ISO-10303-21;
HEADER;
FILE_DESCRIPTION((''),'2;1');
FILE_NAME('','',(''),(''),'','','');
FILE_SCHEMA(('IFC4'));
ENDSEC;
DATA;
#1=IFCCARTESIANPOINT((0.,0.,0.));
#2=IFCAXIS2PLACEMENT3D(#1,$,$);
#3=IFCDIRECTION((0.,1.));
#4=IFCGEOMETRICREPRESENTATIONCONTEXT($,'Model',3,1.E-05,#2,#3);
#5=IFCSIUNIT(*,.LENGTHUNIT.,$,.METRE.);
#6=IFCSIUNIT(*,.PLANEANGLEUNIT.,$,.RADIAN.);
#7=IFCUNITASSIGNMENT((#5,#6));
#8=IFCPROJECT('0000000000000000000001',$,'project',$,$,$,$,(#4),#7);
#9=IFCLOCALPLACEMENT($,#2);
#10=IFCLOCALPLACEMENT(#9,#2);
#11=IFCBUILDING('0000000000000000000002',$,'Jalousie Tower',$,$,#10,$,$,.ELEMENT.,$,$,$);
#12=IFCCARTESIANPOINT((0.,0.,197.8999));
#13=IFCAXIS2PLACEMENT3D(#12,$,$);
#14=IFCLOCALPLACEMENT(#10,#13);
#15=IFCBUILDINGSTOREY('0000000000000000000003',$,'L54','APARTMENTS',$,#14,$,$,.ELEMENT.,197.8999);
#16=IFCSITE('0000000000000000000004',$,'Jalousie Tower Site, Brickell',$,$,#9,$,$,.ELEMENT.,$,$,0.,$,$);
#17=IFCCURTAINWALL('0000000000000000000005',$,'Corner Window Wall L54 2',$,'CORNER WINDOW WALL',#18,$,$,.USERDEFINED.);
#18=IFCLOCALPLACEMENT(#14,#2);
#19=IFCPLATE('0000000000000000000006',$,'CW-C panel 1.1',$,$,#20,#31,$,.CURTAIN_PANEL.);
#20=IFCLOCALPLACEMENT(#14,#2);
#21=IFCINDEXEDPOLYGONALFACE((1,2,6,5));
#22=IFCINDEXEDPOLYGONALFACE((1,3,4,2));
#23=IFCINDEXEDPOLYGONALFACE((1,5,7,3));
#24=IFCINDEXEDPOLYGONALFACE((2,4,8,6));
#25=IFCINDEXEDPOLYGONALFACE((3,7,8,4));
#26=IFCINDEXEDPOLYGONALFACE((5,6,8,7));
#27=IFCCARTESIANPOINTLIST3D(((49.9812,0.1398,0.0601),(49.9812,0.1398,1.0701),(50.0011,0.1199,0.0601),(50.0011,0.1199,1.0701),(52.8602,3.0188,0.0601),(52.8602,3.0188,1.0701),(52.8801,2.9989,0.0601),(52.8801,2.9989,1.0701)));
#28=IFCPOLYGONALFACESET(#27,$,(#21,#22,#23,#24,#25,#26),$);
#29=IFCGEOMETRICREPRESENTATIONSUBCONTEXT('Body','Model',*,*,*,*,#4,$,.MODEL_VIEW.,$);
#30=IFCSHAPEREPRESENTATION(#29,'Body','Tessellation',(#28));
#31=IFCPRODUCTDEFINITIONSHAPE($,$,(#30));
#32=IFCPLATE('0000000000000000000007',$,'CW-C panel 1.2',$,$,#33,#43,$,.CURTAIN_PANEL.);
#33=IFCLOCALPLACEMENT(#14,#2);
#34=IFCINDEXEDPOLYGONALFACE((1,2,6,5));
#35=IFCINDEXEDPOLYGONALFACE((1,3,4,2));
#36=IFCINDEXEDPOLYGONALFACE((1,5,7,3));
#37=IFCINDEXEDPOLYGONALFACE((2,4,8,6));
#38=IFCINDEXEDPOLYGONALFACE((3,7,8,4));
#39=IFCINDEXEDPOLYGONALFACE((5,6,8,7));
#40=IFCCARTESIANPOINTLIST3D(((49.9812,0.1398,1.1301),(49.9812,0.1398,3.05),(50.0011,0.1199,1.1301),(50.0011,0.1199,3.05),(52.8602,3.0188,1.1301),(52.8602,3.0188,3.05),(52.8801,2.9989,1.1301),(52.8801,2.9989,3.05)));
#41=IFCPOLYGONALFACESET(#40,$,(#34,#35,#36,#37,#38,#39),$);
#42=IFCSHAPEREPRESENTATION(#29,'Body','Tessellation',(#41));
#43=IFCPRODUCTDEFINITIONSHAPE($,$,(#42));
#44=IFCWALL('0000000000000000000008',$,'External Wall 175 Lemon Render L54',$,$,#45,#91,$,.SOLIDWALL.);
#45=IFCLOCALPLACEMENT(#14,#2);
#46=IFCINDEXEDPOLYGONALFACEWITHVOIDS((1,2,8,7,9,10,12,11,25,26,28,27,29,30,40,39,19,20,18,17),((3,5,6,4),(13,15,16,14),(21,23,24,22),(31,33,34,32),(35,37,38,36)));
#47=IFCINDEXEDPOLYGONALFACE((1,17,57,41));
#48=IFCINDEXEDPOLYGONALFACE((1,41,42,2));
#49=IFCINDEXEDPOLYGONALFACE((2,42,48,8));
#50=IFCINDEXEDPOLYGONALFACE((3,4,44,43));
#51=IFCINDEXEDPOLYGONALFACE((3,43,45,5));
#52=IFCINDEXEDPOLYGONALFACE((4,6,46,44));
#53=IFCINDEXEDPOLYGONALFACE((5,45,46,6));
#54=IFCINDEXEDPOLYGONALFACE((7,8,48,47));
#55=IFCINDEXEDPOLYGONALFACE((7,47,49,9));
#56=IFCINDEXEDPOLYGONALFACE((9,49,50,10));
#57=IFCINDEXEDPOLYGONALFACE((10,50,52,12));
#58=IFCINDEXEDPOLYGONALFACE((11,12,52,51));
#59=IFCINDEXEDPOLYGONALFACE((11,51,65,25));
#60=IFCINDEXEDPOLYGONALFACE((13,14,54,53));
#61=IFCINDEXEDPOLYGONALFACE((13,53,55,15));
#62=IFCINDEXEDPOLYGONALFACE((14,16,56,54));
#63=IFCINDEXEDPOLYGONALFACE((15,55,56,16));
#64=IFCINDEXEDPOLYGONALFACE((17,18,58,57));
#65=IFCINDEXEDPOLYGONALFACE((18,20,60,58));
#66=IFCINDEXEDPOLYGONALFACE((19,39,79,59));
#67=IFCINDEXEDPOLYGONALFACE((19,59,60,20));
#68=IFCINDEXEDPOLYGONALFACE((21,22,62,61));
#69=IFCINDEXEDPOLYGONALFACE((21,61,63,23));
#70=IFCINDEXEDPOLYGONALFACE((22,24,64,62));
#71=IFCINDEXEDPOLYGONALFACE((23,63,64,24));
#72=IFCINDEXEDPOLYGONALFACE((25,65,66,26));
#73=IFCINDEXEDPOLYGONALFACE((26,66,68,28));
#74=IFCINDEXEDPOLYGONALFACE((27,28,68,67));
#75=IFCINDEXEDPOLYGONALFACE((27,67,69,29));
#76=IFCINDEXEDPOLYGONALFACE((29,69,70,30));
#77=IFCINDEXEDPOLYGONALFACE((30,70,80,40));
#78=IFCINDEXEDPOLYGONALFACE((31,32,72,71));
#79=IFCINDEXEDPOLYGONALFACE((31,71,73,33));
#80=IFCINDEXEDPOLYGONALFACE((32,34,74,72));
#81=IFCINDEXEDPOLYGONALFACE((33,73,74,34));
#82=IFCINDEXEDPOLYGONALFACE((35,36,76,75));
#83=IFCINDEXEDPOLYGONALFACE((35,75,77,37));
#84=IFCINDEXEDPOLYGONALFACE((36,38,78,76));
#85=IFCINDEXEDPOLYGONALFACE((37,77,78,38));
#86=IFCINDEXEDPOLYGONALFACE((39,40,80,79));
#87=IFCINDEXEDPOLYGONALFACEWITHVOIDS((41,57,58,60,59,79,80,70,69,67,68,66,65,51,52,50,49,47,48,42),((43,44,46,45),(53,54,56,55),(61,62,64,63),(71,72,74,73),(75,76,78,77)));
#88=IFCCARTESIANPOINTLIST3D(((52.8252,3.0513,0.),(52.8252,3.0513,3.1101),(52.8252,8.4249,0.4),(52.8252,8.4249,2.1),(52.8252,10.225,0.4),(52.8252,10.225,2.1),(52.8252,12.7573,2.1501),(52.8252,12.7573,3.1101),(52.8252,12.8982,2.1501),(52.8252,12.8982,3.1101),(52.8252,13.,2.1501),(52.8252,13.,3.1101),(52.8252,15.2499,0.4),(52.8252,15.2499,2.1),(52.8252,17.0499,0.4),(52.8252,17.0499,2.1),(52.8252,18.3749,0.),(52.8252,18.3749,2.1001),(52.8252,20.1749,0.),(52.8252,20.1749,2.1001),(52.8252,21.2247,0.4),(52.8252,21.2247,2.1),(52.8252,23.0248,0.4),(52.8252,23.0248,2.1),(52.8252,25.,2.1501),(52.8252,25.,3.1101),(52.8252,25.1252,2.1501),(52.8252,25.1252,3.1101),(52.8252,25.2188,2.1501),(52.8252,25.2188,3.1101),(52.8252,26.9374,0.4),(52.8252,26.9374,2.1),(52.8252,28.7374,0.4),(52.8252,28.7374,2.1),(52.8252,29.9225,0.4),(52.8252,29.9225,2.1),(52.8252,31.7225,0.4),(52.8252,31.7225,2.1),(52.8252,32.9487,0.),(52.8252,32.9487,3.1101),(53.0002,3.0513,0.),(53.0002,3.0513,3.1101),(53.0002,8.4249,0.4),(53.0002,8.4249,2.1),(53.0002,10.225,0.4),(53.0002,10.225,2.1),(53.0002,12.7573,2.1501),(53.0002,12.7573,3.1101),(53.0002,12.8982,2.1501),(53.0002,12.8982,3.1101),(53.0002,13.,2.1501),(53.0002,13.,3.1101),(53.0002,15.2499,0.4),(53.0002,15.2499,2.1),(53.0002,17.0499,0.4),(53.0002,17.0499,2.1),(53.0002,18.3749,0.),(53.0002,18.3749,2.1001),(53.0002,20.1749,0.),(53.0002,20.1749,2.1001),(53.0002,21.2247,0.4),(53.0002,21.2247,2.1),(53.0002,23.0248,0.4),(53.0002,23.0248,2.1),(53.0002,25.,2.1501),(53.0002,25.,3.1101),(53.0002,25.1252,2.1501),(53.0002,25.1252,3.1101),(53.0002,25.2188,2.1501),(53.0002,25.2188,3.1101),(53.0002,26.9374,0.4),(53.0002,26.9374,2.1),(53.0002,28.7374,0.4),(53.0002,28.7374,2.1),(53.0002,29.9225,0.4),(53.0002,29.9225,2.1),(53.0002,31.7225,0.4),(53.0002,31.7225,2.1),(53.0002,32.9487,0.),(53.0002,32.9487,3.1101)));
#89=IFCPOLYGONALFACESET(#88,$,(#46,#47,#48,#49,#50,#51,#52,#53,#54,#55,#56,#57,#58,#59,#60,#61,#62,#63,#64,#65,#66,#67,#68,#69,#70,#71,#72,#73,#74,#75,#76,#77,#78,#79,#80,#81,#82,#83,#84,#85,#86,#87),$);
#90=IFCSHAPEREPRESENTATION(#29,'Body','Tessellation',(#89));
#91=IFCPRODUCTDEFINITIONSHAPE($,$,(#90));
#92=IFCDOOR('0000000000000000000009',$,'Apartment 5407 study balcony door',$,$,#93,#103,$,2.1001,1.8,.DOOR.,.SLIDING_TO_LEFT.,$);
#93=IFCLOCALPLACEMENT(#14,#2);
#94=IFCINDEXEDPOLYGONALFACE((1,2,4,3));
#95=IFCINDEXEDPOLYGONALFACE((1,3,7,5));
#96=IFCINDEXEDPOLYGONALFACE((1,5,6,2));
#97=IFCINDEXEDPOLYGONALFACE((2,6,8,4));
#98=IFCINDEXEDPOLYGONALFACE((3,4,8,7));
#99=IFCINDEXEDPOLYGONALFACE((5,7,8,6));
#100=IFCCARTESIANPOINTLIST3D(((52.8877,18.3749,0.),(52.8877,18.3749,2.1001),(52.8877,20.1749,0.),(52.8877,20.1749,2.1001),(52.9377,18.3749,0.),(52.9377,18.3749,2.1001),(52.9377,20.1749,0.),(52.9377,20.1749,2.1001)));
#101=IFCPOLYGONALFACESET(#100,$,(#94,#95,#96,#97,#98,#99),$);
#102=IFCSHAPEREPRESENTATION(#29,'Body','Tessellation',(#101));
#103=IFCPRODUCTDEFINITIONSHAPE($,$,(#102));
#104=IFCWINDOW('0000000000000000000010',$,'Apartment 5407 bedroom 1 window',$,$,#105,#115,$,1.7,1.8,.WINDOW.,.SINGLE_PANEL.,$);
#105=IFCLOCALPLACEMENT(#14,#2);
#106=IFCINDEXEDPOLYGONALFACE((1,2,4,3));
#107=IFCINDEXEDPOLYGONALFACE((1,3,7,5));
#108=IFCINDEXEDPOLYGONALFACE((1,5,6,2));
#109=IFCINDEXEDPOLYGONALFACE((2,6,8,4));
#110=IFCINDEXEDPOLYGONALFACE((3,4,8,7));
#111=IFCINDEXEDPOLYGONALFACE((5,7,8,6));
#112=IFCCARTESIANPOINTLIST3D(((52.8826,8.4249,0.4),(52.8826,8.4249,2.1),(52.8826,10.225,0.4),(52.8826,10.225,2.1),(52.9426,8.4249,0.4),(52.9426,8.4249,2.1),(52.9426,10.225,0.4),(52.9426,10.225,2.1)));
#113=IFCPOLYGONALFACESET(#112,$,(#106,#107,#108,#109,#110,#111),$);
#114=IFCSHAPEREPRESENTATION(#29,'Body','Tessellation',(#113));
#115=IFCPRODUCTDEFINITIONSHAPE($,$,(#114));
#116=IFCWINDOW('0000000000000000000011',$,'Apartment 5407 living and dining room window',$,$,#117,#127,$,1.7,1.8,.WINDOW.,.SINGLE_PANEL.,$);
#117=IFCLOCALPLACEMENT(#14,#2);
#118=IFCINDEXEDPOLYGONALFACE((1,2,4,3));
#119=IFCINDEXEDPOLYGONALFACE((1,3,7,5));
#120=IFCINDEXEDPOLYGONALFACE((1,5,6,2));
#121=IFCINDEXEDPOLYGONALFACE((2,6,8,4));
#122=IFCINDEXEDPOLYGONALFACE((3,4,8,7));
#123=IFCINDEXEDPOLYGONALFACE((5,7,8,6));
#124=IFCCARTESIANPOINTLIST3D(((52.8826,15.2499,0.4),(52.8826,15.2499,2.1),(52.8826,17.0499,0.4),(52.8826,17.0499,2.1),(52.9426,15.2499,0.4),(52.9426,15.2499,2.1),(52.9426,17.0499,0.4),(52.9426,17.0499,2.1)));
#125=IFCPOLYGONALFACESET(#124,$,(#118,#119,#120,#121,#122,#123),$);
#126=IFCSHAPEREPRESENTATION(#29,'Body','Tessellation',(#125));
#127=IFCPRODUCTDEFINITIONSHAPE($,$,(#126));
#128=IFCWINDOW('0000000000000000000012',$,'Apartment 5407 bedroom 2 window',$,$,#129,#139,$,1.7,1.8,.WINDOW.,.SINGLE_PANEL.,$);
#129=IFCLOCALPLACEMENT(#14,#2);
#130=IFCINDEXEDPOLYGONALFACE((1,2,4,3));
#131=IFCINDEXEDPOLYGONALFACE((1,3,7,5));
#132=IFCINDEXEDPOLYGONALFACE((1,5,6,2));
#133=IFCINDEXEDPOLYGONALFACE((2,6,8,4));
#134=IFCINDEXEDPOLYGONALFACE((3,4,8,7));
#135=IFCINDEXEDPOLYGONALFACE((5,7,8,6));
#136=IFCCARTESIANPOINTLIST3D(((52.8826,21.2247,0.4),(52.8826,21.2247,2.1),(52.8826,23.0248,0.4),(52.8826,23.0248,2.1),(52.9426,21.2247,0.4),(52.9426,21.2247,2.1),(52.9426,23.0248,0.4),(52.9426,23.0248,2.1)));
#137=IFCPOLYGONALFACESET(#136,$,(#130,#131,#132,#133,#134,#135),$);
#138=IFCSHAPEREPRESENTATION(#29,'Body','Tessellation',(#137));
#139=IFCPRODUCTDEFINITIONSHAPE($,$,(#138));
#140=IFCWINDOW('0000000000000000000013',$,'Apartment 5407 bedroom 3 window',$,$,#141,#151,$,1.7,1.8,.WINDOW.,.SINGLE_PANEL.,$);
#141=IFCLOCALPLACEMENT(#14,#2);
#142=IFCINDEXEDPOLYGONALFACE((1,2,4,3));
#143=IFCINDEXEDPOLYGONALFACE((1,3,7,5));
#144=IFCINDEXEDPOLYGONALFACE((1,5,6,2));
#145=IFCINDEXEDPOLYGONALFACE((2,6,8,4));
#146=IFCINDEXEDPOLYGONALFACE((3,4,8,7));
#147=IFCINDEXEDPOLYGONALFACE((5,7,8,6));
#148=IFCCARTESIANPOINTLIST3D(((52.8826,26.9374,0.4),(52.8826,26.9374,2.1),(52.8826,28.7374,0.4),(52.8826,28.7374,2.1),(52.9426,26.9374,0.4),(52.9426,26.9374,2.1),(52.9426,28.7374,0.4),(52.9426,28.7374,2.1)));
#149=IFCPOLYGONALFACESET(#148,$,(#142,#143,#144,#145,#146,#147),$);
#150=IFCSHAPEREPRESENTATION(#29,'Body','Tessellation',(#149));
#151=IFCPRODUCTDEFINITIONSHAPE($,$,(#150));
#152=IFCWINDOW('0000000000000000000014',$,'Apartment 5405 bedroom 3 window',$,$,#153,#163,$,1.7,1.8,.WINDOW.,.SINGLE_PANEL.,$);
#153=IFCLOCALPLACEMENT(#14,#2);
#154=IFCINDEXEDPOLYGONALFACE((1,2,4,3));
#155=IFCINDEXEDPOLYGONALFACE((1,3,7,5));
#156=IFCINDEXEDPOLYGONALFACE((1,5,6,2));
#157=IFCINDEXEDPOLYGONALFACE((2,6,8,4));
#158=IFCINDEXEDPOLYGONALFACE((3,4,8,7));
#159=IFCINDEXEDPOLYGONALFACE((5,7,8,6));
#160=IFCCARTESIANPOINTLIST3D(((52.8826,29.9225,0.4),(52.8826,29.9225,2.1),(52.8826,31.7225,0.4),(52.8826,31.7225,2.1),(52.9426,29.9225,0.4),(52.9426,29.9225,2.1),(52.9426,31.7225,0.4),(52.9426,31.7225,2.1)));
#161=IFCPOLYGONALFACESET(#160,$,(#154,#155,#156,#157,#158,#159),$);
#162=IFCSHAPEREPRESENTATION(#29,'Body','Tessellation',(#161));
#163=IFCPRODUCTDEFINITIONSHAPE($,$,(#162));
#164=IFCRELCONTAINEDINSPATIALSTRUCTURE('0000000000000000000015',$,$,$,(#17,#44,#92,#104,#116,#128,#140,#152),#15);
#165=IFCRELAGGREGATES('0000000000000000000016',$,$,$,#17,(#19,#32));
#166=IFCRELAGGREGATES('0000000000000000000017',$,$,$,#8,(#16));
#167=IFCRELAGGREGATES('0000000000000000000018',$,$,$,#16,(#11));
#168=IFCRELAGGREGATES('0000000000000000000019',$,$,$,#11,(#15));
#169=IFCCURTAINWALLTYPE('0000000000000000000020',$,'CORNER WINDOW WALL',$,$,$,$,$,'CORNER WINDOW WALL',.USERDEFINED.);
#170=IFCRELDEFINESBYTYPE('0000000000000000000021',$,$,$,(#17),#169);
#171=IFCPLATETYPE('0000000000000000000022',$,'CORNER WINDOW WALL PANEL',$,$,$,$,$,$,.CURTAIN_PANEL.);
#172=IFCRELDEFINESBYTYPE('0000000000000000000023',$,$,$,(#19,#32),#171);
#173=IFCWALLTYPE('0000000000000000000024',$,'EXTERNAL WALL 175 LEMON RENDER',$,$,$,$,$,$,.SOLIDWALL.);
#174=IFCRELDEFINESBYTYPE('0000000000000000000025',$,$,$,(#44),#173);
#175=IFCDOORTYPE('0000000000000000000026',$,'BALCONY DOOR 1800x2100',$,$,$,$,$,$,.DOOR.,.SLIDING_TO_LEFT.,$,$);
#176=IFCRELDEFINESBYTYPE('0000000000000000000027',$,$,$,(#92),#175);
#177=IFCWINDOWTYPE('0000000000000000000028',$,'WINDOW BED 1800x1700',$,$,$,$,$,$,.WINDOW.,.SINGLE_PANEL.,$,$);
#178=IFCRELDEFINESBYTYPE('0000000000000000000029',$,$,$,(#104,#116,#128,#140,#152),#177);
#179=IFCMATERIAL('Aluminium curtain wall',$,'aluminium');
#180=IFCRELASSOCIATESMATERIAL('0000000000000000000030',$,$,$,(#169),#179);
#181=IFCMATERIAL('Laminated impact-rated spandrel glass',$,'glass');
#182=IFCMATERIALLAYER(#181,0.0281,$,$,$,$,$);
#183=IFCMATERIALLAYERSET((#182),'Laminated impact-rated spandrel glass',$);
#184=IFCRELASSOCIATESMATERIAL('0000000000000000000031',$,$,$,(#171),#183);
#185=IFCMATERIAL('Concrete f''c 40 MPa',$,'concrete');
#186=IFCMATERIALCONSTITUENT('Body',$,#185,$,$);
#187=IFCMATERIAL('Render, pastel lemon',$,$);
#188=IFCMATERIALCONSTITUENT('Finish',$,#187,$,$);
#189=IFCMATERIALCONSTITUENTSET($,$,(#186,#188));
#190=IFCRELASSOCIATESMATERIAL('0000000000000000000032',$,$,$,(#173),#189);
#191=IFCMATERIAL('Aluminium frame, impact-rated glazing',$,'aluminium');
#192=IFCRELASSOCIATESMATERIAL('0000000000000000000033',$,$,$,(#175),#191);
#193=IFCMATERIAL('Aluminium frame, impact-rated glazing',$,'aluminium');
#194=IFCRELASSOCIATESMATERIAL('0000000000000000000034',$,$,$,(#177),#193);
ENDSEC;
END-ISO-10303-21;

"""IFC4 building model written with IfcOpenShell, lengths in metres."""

from ifc_helpers import new_model, si_unit, direction, frame, frame_2d, origin, origin_2d, place, context, subcontext, project, spatial, polyline, rectangle, outline, extrude, material, layer, layer_set, constituent, constituent_set, type_object, element, fill, aggregate, save


model = new_model("IFC4")

# Units and contexts
model_context = context("Model", 3, precision=1e-05, world=origin(), true_north=direction((0.0, 1.0)))
body_context = subcontext(model_context, "Body", "Model", "MODEL_VIEW")
ifc_project = project(units=[si_unit("LENGTHUNIT", "METRE"), si_unit("PLANEANGLEUNIT", "RADIAN")], contexts=[model_context])

# Site, building, storey
site_placement = place(None, origin())
site = spatial("IfcSite", under=ifc_project, at=site_placement, Name="Jalousie Tower Site, Brickell", CompositionType="ELEMENT", RefElevation=0.0)
building_placement = place(site_placement, origin())
building = spatial("IfcBuilding", under=site, at=building_placement, Name="Jalousie Tower", CompositionType="ELEMENT")
storey_placement = place(building_placement, frame((0.0, 0.0, 197.8999)))
storey = spatial("IfcBuildingStorey", under=building, at=storey_placement, Name="L54", Description="APARTMENTS", CompositionType="ELEMENT", Elevation=197.8999)

# Curtain wall
ifc_material_1 = material(Name="Aluminium curtain wall", Category="aluminium")
curtain_wall_type_1 = type_object("IfcCurtainWallType", Name="CORNER WINDOW WALL", ElementType="CORNER WINDOW WALL", PredefinedType="USERDEFINED", material=ifc_material_1)
curtain_wall_1_placement = place(storey_placement, origin())
curtain_wall_1 = element("IfcCurtainWall", 1, at=curtain_wall_1_placement, inside=storey, type_object=curtain_wall_type_1, Name="Corner Window Wall L54 2", ObjectType="CORNER WINDOW WALL", PredefinedType="USERDEFINED")

# Plates
ifc_material_2 = material(Name="Laminated impact-rated spandrel glass", Category="glass")
ifc_layer = layer(ifc_material_2, 0.0281)
ifc_layer_set = layer_set([ifc_layer], Name="Laminated impact-rated spandrel glass")
plate_type = type_object("IfcPlateType", Name="CORNER WINDOW WALL PANEL", PredefinedType="CURTAIN_PANEL", material=ifc_layer_set)
plate_1_placement = place(storey_placement, frame((51.4307, 1.5693, 0.0601), z_axis=(0.0, 0.0, 1.0), x_axis=(0.707107, 0.707107, 0.0)))
plate_1 = element("IfcPlate", 2, at=plate_1_placement, type_object=plate_type, Name="CW-C panel 1.1", PredefinedType="CURTAIN_PANEL", context=body_context, shape_type="SweptSolid", body=[
    extrude(rectangle(XDim=4.0715, YDim=0.0281, at=origin_2d()), origin(), (0.0, 0.0, 1.0), 1.01),
])
plate_2_placement = place(storey_placement, frame((51.4307, 1.5693, 1.1301), z_axis=(0.0, 0.0, 1.0), x_axis=(0.707107, 0.707107, 0.0)))
plate_2 = element("IfcPlate", 3, at=plate_2_placement, type_object=plate_type, Name="CW-C panel 1.2", PredefinedType="CURTAIN_PANEL", context=body_context, shape_type="SweptSolid", body=[
    extrude(rectangle(XDim=4.0715, YDim=0.0281, at=origin_2d()), origin(), (0.0, 0.0, 1.0), 1.9199),
])
aggregate(curtain_wall_1, [plate_1, plate_2])

# Wall, openings, door, windows
ifc_material_3 = material(Name="Concrete f'c 40 MPa", Category="concrete")
ifc_constituent_1 = constituent(ifc_material_3, Name="Body")
ifc_material_4 = material(Name="Render, pastel lemon")
ifc_constituent_2 = constituent(ifc_material_4, Name="Finish")
ifc_constituent_set = constituent_set(constituents=[ifc_constituent_1, ifc_constituent_2])
wall_type = type_object("IfcWallType", Name="EXTERNAL WALL 175 LEMON RENDER", PredefinedType="SOLIDWALL", material=ifc_constituent_set)
wall_placement = place(storey_placement, frame((52.9126, 3.0513, 0.0), z_axis=(0.0, 0.0, 1.0), x_axis=(0.0, 1.0, 0.0)))
wall = element("IfcWall", 4, at=wall_placement, inside=storey, type_object=wall_type, Name="External Wall 175 Lemon Render L54", PredefinedType="SOLIDWALL", context=body_context, shape_type="SweptSolid", body=[
    extrude(outline(polyline([(0.0, 0.0), (29.8975, 0.0), (29.8975, 3.1101), (22.1675, 3.1101), (22.1675, 2.1501), (22.074, 2.1501), (22.074, 3.1101), (21.9487, 3.1101), (21.9487, 2.1501), (9.9487, 2.1501), (9.9487, 3.1101), (9.8469, 3.1101), (9.8469, 2.1501), (9.7061, 2.1501), (9.7061, 3.1101), (0.0, 3.1101), (0.0, 0.0)])), frame((0.0, 0.0874, 0.0), z_axis=(0.0, -1.0, 0.0), x_axis=(1.0, 0.0, 0.0)), (0.0, 0.0, 1.0), 0.175),
])
opening_1_placement = place(wall_placement, frame((5.3738, 0.0, 0.3999)))
opening_1 = element("IfcOpeningElement", 5, at=opening_1_placement, cuts=wall, PredefinedType="OPENING", context=body_context, shape_type="SweptSolid", body=[
    extrude(rectangle(XDim=1.8, YDim=1.7, at=frame_2d((0.8999, 0.8501))), frame((0.0, 0.0974, 0.0), z_axis=(0.0, -1.0, 0.0), x_axis=(1.0, 0.0, 0.0)), (0.0, 0.0, 1.0), 0.1951),
])
opening_2_placement = place(wall_placement, frame((12.1987, 0.0, 0.3999)))
opening_2 = element("IfcOpeningElement", 6, at=opening_2_placement, cuts=wall, PredefinedType="OPENING", context=body_context, shape_type="SweptSolid", body=[
    extrude(rectangle(XDim=1.8, YDim=1.7, at=frame_2d((0.8999, 0.8501))), frame((0.0, 0.0974, 0.0), z_axis=(0.0, -1.0, 0.0), x_axis=(1.0, 0.0, 0.0)), (0.0, 0.0, 1.0), 0.1951),
])
opening_3_placement = place(wall_placement, frame((15.3237, 0.0, 0.0)))
opening_3 = element("IfcOpeningElement", 7, at=opening_3_placement, cuts=wall, PredefinedType="OPENING", context=body_context, shape_type="SweptSolid", body=[
    extrude(rectangle(XDim=1.8, YDim=2.1001, at=frame_2d((0.8999, 1.05))), frame((0.0, 0.0974, 0.0), z_axis=(0.0, -1.0, 0.0), x_axis=(1.0, 0.0, 0.0)), (0.0, 0.0, 1.0), 0.1951),
])
opening_4_placement = place(wall_placement, frame((18.1736, 0.0, 0.3999)))
opening_4 = element("IfcOpeningElement", 8, at=opening_4_placement, cuts=wall, PredefinedType="OPENING", context=body_context, shape_type="SweptSolid", body=[
    extrude(rectangle(XDim=1.8, YDim=1.7, at=frame_2d((0.8999, 0.8501))), frame((0.0, 0.0974, 0.0), z_axis=(0.0, -1.0, 0.0), x_axis=(1.0, 0.0, 0.0)), (0.0, 0.0, 1.0), 0.1951),
])
opening_5_placement = place(wall_placement, frame((23.8862, 0.0, 0.3999)))
opening_5 = element("IfcOpeningElement", 9, at=opening_5_placement, cuts=wall, PredefinedType="OPENING", context=body_context, shape_type="SweptSolid", body=[
    extrude(rectangle(XDim=1.8, YDim=1.7, at=frame_2d((0.8999, 0.8501))), frame((0.0, 0.0974, 0.0), z_axis=(0.0, -1.0, 0.0), x_axis=(1.0, 0.0, 0.0)), (0.0, 0.0, 1.0), 0.1951),
])
opening_6_placement = place(wall_placement, frame((26.8713, 0.0, 0.3999)))
opening_6 = element("IfcOpeningElement", 10, at=opening_6_placement, cuts=wall, PredefinedType="OPENING", context=body_context, shape_type="SweptSolid", body=[
    extrude(rectangle(XDim=1.8, YDim=1.7, at=frame_2d((0.8999, 0.8501))), frame((0.0, 0.0974, 0.0), z_axis=(0.0, -1.0, 0.0), x_axis=(1.0, 0.0, 0.0)), (0.0, 0.0, 1.0), 0.1951),
])
ifc_material_5 = material(Name="Aluminium frame, impact-rated glazing", Category="aluminium")
door_type = type_object("IfcDoorType", Name="BALCONY DOOR 1800x2100", OperationType="SLIDING_TO_LEFT", PredefinedType="DOOR", material=ifc_material_5)
door_placement = place(opening_3_placement, origin())
door = element("IfcDoor", 11, at=door_placement, inside=storey, type_object=door_type, Name="Apartment 5407 study balcony door", OperationType="SLIDING_TO_LEFT", OverallHeight=2.1001, OverallWidth=1.8, PredefinedType="DOOR", context=body_context, shape_type="SweptSolid", body=[
    extrude(rectangle(XDim=1.8, YDim=2.1001, at=frame_2d((0.8999, 1.05))), frame((0.0, 0.0249, 0.0), z_axis=(0.0, -1.0, 0.0), x_axis=(1.0, 0.0, 0.0)), (0.0, 0.0, 1.0), 0.05),
])
fill(opening_3, door)
ifc_material_6 = material(Name="Aluminium frame, impact-rated glazing", Category="aluminium")
window_type = type_object("IfcWindowType", Name="WINDOW BED 1800x1700", PartitioningType="SINGLE_PANEL", PredefinedType="WINDOW", material=ifc_material_6)
window_1_placement = place(opening_1_placement, origin())
window_1 = element("IfcWindow", 12, at=window_1_placement, inside=storey, type_object=window_type, Name="Apartment 5407 bedroom 1 window", OverallHeight=1.7, OverallWidth=1.8, PartitioningType="SINGLE_PANEL", PredefinedType="WINDOW", context=body_context, shape_type="SweptSolid", body=[
    extrude(rectangle(XDim=1.8, YDim=1.7, at=frame_2d((0.8999, 0.8501))), frame((0.0, 0.03, 0.0), z_axis=(0.0, -1.0, 0.0), x_axis=(1.0, 0.0, 0.0)), (0.0, 0.0, 1.0), 0.0601),
])
fill(opening_1, window_1)
window_2_placement = place(opening_2_placement, origin())
window_2 = element("IfcWindow", 13, at=window_2_placement, inside=storey, type_object=window_type, Name="Apartment 5407 living and dining room window", OverallHeight=1.7, OverallWidth=1.8, PartitioningType="SINGLE_PANEL", PredefinedType="WINDOW", context=body_context, shape_type="SweptSolid", body=[
    extrude(rectangle(XDim=1.8, YDim=1.7, at=frame_2d((0.8999, 0.8501))), frame((0.0, 0.03, 0.0), z_axis=(0.0, -1.0, 0.0), x_axis=(1.0, 0.0, 0.0)), (0.0, 0.0, 1.0), 0.0601),
])
fill(opening_2, window_2)
window_3_placement = place(opening_4_placement, origin())
window_3 = element("IfcWindow", 14, at=window_3_placement, inside=storey, type_object=window_type, Name="Apartment 5407 bedroom 2 window", OverallHeight=1.7, OverallWidth=1.8, PartitioningType="SINGLE_PANEL", PredefinedType="WINDOW", context=body_context, shape_type="SweptSolid", body=[
    extrude(rectangle(XDim=1.8, YDim=1.7, at=frame_2d((0.8999, 0.8501))), frame((0.0, 0.03, 0.0), z_axis=(0.0, -1.0, 0.0), x_axis=(1.0, 0.0, 0.0)), (0.0, 0.0, 1.0), 0.0601),
])
fill(opening_4, window_3)
window_4_placement = place(opening_5_placement, origin())
window_4 = element("IfcWindow", 15, at=window_4_placement, inside=storey, type_object=window_type, Name="Apartment 5407 bedroom 3 window", OverallHeight=1.7, OverallWidth=1.8, PartitioningType="SINGLE_PANEL", PredefinedType="WINDOW", context=body_context, shape_type="SweptSolid", body=[
    extrude(rectangle(XDim=1.8, YDim=1.7, at=frame_2d((0.8999, 0.8501))), frame((0.0, 0.03, 0.0), z_axis=(0.0, -1.0, 0.0), x_axis=(1.0, 0.0, 0.0)), (0.0, 0.0, 1.0), 0.0601),
])
fill(opening_5, window_4)
window_5_placement = place(opening_6_placement, origin())
window_5 = element("IfcWindow", 16, at=window_5_placement, inside=storey, type_object=window_type, Name="Apartment 5405 bedroom 3 window", OverallHeight=1.7, OverallWidth=1.8, PartitioningType="SINGLE_PANEL", PredefinedType="WINDOW", context=body_context, shape_type="SweptSolid", body=[
    extrude(rectangle(XDim=1.8, YDim=1.7, at=frame_2d((0.8999, 0.8501))), frame((0.0, 0.03, 0.0), z_axis=(0.0, -1.0, 0.0), x_axis=(1.0, 0.0, 0.0)), (0.0, 0.0, 1.0), 0.0601),
])
fill(opening_6, window_5)

save(model, "model.ifc")
